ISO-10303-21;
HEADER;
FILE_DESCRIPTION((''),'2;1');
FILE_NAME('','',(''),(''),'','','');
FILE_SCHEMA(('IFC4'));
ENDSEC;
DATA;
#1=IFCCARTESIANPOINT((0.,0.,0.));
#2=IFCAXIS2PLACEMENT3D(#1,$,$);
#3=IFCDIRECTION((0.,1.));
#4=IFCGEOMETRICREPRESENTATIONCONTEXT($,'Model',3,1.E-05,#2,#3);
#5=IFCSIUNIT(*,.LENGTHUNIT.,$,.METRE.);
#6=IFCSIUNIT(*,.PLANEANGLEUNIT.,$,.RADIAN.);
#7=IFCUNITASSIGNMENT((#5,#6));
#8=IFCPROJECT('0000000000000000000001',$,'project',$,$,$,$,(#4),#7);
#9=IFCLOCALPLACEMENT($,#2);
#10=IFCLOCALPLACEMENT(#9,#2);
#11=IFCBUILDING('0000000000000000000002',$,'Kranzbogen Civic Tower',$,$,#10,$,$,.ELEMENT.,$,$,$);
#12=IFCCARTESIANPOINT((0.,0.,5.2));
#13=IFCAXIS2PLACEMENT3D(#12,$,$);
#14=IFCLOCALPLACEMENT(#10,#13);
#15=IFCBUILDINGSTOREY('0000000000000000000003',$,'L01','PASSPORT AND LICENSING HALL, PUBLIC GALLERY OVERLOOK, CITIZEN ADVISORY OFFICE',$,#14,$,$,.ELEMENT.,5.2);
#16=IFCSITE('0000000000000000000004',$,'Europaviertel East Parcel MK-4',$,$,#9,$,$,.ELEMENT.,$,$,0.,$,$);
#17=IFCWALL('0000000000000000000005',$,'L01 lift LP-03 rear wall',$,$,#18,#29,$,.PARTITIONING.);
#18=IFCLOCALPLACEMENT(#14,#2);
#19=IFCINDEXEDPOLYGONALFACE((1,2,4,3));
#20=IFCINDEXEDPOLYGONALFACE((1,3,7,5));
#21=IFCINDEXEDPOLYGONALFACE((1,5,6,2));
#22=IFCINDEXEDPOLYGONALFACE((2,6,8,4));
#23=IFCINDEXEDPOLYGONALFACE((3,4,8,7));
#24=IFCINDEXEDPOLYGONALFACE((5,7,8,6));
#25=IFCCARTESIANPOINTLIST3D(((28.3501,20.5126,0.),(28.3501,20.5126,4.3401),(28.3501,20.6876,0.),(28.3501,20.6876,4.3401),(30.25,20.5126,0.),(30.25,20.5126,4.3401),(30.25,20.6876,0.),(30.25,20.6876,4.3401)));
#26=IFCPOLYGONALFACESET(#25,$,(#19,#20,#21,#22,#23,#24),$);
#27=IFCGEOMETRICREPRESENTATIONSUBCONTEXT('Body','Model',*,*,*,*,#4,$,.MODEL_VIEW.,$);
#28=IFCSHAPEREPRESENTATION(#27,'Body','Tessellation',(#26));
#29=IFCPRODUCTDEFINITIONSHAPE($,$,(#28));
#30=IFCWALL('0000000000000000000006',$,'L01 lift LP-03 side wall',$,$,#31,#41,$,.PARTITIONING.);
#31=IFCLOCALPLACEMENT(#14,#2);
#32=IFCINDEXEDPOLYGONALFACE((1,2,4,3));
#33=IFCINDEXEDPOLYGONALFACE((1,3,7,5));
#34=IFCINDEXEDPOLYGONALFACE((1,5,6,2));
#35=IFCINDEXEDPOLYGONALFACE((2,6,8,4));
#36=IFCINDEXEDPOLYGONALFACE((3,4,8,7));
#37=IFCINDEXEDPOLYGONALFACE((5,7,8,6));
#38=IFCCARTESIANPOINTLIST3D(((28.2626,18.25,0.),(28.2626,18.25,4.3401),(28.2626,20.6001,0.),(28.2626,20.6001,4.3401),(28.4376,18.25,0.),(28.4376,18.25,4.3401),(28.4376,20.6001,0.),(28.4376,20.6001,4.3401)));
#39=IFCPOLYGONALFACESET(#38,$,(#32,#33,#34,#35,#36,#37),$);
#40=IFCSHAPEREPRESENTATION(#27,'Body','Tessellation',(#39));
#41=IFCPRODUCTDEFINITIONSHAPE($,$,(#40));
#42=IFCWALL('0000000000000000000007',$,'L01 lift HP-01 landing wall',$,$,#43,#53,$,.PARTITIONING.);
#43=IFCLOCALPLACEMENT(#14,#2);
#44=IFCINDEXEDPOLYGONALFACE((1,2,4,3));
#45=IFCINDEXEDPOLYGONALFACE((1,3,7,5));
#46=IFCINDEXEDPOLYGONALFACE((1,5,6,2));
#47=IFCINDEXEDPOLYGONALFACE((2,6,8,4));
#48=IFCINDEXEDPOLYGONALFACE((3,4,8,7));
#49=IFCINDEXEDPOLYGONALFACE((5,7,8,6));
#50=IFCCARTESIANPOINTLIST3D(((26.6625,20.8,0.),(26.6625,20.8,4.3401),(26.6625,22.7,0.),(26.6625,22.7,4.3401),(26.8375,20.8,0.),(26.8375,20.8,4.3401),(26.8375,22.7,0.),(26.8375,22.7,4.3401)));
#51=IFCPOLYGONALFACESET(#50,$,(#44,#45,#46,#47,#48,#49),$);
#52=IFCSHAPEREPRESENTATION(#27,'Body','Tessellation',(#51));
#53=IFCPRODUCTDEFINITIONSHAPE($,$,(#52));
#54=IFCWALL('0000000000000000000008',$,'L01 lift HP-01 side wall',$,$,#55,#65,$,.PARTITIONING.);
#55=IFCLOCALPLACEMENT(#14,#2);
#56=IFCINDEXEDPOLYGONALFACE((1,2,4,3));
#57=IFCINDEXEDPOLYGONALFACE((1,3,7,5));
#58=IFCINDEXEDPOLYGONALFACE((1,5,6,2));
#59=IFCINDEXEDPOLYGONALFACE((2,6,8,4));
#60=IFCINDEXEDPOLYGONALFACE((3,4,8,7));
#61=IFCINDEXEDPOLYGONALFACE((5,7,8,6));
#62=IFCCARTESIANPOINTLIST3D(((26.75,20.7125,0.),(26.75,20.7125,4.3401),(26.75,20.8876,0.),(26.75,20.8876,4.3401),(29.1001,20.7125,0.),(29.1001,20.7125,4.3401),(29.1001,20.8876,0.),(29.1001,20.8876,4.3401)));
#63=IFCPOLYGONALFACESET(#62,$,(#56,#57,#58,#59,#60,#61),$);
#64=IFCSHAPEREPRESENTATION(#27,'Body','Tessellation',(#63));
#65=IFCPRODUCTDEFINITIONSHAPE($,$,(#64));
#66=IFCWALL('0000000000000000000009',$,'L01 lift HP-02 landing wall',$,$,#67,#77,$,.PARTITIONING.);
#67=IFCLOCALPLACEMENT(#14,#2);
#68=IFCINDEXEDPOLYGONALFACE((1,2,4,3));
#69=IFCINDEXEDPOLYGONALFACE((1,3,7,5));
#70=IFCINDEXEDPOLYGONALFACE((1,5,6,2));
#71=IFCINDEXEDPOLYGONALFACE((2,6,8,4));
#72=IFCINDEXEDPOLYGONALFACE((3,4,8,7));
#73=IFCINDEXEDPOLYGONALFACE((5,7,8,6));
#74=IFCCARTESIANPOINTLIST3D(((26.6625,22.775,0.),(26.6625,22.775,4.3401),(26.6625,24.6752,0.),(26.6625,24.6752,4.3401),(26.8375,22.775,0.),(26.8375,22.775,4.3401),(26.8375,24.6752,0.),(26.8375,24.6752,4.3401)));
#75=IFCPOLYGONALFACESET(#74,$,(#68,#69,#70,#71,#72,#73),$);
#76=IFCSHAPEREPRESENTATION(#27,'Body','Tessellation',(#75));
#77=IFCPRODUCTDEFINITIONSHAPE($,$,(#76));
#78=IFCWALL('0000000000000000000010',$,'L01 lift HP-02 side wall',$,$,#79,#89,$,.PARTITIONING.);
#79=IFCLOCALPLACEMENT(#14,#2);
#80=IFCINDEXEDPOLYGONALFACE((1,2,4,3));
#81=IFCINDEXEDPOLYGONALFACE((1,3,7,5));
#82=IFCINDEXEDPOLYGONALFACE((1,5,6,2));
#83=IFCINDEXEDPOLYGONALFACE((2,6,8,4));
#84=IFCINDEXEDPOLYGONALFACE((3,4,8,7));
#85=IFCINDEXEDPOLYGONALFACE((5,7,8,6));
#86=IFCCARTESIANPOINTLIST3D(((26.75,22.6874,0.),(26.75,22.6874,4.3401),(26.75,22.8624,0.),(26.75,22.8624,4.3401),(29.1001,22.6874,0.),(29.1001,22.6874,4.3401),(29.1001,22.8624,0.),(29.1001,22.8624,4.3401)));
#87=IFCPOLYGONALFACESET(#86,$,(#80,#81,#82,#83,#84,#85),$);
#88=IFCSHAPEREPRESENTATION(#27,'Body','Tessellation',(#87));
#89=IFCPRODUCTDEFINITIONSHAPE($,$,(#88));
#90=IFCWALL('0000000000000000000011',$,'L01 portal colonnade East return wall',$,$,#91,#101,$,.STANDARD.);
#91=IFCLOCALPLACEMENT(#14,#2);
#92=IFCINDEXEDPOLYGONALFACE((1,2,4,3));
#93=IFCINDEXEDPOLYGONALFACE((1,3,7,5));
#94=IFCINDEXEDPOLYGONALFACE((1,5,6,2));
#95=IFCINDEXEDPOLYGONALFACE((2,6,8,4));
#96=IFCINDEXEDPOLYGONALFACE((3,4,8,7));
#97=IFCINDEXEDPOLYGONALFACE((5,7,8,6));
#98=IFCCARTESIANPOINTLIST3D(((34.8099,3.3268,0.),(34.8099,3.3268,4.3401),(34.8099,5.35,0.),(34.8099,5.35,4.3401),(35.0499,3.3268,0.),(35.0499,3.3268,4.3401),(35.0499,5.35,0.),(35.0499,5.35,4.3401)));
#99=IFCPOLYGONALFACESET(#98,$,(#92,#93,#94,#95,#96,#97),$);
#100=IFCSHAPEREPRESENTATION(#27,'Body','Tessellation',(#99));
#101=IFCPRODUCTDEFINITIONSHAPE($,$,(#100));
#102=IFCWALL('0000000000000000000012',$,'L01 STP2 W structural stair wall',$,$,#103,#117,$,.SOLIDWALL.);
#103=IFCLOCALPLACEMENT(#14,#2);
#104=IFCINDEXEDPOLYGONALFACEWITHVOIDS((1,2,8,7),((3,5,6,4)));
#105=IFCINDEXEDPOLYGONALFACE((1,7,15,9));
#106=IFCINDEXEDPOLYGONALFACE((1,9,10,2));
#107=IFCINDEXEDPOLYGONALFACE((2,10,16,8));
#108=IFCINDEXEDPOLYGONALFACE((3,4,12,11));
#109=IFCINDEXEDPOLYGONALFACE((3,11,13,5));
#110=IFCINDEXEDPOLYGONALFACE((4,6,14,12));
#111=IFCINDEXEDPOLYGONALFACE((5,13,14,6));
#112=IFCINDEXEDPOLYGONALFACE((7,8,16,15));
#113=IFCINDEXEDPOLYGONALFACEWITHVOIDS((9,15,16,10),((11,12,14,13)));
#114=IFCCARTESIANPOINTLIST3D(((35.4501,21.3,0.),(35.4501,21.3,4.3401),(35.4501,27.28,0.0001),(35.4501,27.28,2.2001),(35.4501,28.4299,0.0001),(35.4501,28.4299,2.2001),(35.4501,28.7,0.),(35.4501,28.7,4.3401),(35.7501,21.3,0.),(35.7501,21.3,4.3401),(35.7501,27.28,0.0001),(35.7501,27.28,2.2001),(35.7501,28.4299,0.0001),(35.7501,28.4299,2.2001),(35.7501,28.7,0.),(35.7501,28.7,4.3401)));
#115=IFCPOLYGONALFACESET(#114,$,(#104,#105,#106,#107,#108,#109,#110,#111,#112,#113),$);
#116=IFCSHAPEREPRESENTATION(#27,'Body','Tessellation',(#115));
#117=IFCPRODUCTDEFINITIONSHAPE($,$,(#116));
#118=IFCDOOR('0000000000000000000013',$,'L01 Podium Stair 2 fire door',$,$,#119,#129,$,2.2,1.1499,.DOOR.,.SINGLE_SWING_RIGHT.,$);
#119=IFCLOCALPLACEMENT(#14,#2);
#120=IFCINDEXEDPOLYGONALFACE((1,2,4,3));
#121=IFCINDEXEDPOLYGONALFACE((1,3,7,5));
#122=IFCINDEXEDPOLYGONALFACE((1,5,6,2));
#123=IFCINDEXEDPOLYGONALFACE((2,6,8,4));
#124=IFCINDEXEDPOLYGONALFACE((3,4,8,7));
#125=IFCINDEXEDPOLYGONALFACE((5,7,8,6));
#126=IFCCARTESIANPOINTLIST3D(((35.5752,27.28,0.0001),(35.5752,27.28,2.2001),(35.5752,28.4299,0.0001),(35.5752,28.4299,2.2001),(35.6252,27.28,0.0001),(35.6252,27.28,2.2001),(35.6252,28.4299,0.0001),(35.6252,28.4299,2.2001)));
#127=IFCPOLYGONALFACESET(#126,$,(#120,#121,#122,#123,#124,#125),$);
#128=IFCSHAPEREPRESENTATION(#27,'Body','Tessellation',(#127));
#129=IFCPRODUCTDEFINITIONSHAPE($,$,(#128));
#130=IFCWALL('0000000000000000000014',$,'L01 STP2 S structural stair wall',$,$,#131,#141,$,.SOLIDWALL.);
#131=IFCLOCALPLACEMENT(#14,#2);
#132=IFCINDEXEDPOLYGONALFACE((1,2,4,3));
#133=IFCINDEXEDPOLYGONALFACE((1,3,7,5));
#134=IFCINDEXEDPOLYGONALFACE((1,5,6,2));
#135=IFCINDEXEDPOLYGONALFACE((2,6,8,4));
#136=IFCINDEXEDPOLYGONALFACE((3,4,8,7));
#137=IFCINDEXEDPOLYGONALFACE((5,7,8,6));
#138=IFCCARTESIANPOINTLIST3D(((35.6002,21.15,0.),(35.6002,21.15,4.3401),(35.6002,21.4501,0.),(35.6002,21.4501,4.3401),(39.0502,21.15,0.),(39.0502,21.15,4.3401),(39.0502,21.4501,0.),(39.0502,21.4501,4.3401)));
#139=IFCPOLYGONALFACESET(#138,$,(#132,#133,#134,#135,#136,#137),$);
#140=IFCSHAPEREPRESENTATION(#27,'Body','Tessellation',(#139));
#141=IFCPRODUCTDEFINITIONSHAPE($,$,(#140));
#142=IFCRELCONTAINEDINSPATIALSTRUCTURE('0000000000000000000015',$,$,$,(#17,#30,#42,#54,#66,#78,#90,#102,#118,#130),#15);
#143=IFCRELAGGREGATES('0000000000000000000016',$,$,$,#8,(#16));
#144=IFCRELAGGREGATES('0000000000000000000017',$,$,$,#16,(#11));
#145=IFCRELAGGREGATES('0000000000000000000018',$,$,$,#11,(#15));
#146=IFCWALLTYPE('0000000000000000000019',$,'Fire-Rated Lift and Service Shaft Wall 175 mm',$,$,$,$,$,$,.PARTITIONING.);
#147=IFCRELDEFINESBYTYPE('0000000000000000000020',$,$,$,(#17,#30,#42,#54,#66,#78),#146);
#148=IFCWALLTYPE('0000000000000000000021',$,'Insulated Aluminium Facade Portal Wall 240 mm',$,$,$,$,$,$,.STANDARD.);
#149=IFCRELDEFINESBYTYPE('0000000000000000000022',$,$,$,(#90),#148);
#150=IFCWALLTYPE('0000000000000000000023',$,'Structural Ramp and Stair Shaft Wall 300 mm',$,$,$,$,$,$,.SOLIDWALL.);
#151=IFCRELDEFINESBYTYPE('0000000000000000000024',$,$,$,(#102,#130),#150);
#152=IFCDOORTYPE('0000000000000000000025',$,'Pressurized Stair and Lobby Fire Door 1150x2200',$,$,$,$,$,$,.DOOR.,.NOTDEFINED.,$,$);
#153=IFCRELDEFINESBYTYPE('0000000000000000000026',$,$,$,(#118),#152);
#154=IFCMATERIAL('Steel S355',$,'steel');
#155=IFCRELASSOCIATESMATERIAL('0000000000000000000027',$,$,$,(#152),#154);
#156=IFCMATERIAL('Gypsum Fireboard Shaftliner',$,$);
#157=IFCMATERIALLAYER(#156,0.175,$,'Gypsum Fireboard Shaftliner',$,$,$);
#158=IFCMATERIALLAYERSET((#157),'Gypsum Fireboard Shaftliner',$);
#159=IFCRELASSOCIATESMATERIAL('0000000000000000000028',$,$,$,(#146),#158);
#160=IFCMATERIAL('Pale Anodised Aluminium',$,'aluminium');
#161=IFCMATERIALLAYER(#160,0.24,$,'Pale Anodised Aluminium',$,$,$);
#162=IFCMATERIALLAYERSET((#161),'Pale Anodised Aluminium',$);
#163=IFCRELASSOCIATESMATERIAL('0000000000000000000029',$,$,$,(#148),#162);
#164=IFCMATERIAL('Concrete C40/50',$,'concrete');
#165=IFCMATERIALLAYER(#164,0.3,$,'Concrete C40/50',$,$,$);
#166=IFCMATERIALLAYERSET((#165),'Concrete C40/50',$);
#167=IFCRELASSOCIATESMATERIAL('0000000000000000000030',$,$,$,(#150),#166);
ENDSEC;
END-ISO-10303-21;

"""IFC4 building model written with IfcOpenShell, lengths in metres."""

from ifc_helpers import new_model, si_unit, direction, frame, frame_2d, origin, place, context, subcontext, project, spatial, rectangle, extrude, material, layer, layer_set, type_object, element, fill, save


model = new_model("IFC4")

# Units and contexts
model_context = context("Model", 3, precision=1e-05, world=origin(), true_north=direction((0.0, 1.0)))
body_context = subcontext(model_context, "Body", "Model", "MODEL_VIEW")
ifc_project = project(units=[si_unit("LENGTHUNIT", "METRE"), si_unit("PLANEANGLEUNIT", "RADIAN")], contexts=[model_context])

# Site, building, storey
site_placement = place(None, origin())
site = spatial("IfcSite", under=ifc_project, at=site_placement, Name="Europaviertel East Parcel MK-4", CompositionType="ELEMENT", RefElevation=0.0)
building_placement = place(site_placement, origin())
building = spatial("IfcBuilding", under=site, at=building_placement, Name="Kranzbogen Civic Tower", CompositionType="ELEMENT")
storey_placement = place(building_placement, frame((0.0, 0.0, 5.2)))
storey = spatial("IfcBuildingStorey", under=building, at=storey_placement, Name="L01", Description="PASSPORT AND LICENSING HALL, PUBLIC GALLERY OVERLOOK, CITIZEN ADVISORY OFFICE", CompositionType="ELEMENT", Elevation=5.2)

# Shared definitions
ifc_material_1 = material(Name="Pale Anodised Aluminium", Category="aluminium")

# Shared definitions
ifc_material_2 = material(Name="Steel S355", Category="steel")

# Shared definitions
door_type = type_object("IfcDoorType", Name="Pressurized Stair and Lobby Fire Door 1150x2200", OperationType="NOTDEFINED", PredefinedType="DOOR", material=ifc_material_2)

# Walls
ifc_material_3 = material(Name="Gypsum Fireboard Shaftliner")
ifc_layer_1 = layer(ifc_material_3, 0.175, Name="Gypsum Fireboard Shaftliner")
ifc_layer_set_1 = layer_set([ifc_layer_1], Name="Gypsum Fireboard Shaftliner")
wall_type_1 = type_object("IfcWallType", Name="Fire-Rated Lift and Service Shaft Wall 175 mm", PredefinedType="PARTITIONING", material=ifc_layer_set_1)
for number, where, z_axis, x_axis, name in (
    (1, (28.3501, 20.6001, 0.0), (0.0, 0.0, 1.0), (1.0, 0.0, 0.0), "L01 lift LP-03 rear wall"),
):
    element("IfcWall", number, at=place(storey_placement, frame(where, z_axis=z_axis, x_axis=x_axis)), inside=storey, type_object=wall_type_1, Name=name, PredefinedType="PARTITIONING", context=body_context, shape_type="SweptSolid", body=[
        extrude(rectangle(XDim=1.8999, YDim=0.175, at=frame_2d((0.95, 0.0))), origin(), (0.0, 0.0, 1.0), 4.3401),
    ])
wall_1_placement = place(storey_placement, frame((28.3501, 18.25, 0.0), z_axis=(0.0, 0.0, 1.0), x_axis=(0.0, 1.0, 0.0)))
element("IfcWall", 2, at=wall_1_placement, inside=storey, type_object=wall_type_1, Name="L01 lift LP-03 side wall", PredefinedType="PARTITIONING", context=body_context, shape_type="SweptSolid", body=[
    extrude(rectangle(XDim=2.3501, YDim=0.175, at=frame_2d((1.175, 0.0))), origin(), (0.0, 0.0, 1.0), 4.3401),
])
wall_2_placement = place(storey_placement, frame((26.75, 20.8, 0.0), z_axis=(0.0, 0.0, 1.0), x_axis=(0.0, 1.0, 0.0)))
element("IfcWall", 3, at=wall_2_placement, inside=storey, type_object=wall_type_1, Name="L01 lift HP-01 landing wall", PredefinedType="PARTITIONING", context=body_context, shape_type="SweptSolid", body=[
    extrude(rectangle(XDim=1.8999, YDim=0.175, at=frame_2d((0.95, 0.0))), origin(), (0.0, 0.0, 1.0), 4.3401),
])
wall_3_placement = place(storey_placement, frame((26.75, 20.8, 0.0), z_axis=(0.0, 0.0, 1.0), x_axis=(1.0, 0.0, 0.0)))
element("IfcWall", 4, at=wall_3_placement, inside=storey, type_object=wall_type_1, Name="L01 lift HP-01 side wall", PredefinedType="PARTITIONING", context=body_context, shape_type="SweptSolid", body=[
    extrude(rectangle(XDim=2.3501, YDim=0.175, at=frame_2d((1.175, 0.0))), origin(), (0.0, 0.0, 1.0), 4.3401),
])
wall_4_placement = place(storey_placement, frame((26.75, 22.7749, 0.0), z_axis=(0.0, 0.0, 1.0), x_axis=(0.0, 1.0, 0.0)))
element("IfcWall", 5, at=wall_4_placement, inside=storey, type_object=wall_type_1, Name="L01 lift HP-02 landing wall", PredefinedType="PARTITIONING", context=body_context, shape_type="SweptSolid", body=[
    extrude(rectangle(XDim=1.9001, YDim=0.175, at=frame_2d((0.9502, 0.0))), origin(), (0.0, 0.0, 1.0), 4.3401),
])
wall_5_placement = place(storey_placement, frame((26.75, 22.7749, 0.0), z_axis=(0.0, 0.0, 1.0), x_axis=(1.0, 0.0, 0.0)))
element("IfcWall", 6, at=wall_5_placement, inside=storey, type_object=wall_type_1, Name="L01 lift HP-02 side wall", PredefinedType="PARTITIONING", context=body_context, shape_type="SweptSolid", body=[
    extrude(rectangle(XDim=2.3501, YDim=0.175, at=frame_2d((1.175, 0.0))), origin(), (0.0, 0.0, 1.0), 4.3401),
])
ifc_layer_2 = layer(ifc_material_1, 0.24, Name="Pale Anodised Aluminium")
ifc_layer_set_2 = layer_set([ifc_layer_2], Name="Pale Anodised Aluminium")
wall_type_2 = type_object("IfcWallType", Name="Insulated Aluminium Facade Portal Wall 240 mm", PredefinedType="STANDARD", material=ifc_layer_set_2)
wall_6_placement = place(storey_placement, frame((34.9299, 5.3501, 0.0), z_axis=(0.0, 0.0, 1.0), x_axis=(0.0, -1.0, 0.0)))
element("IfcWall", 7, at=wall_6_placement, inside=storey, type_object=wall_type_2, Name="L01 portal colonnade East return wall", PredefinedType="STANDARD", context=body_context, shape_type="SweptSolid", body=[
    extrude(rectangle(XDim=2.0232, YDim=0.24, at=frame_2d((1.0117, 0.0))), origin(), (0.0, 0.0, 1.0), 4.3401),
])

# Wall, opening, door
ifc_material_4 = material(Name="Concrete C40/50", Category="concrete")
ifc_layer_3 = layer(ifc_material_4, 0.3, Name="Concrete C40/50")
ifc_layer_set_3 = layer_set([ifc_layer_3], Name="Concrete C40/50")
wall_type_3 = type_object("IfcWallType", Name="Structural Ramp and Stair Shaft Wall 300 mm", PredefinedType="SOLIDWALL", material=ifc_layer_set_3)
wall_7_placement = place(storey_placement, frame((35.6001, 21.3, 0.0), z_axis=(0.0, 0.0, 1.0), x_axis=(0.0, 1.0, 0.0)))
wall_7 = element("IfcWall", 8, at=wall_7_placement, inside=storey, type_object=wall_type_3, Name="L01 STP2 W structural stair wall", PredefinedType="SOLIDWALL", context=body_context, shape_type="SweptSolid", body=[
    extrude(rectangle(XDim=7.3999, YDim=0.3, at=frame_2d((3.7, 0.0))), origin(), (0.0, 0.0, 1.0), 4.3401),
])
opening_1_placement = place(wall_7_placement, frame((5.98, 0.0, 0.0)))
opening_1 = element("IfcOpeningElement", 9, at=opening_1_placement, cuts=wall_7, PredefinedType="OPENING", context=body_context, shape_type="SweptSolid", body=[
    extrude(rectangle(XDim=1.1499, YDim=2.2, at=frame_2d((0.575, 1.1001))), frame((0.0, 0.1602, 0.0), z_axis=(0.0, -1.0, 0.0), x_axis=(1.0, 0.0, 0.0)), (0.0, 0.0, 1.0), 0.3201),
])
door_1_placement = place(opening_1_placement, origin())
door_1 = element("IfcDoor", 10, at=door_1_placement, inside=storey, type_object=door_type, Name="L01 Podium Stair 2 fire door", OperationType="SINGLE_SWING_RIGHT", OverallHeight=2.2, OverallWidth=1.1499, PredefinedType="DOOR", context=body_context, shape_type="SweptSolid", body=[
    extrude(rectangle(XDim=1.1499, YDim=2.2, at=frame_2d((0.575, 1.1001))), frame((0.0, 0.0249, 0.0), z_axis=(0.0, -1.0, 0.0), x_axis=(1.0, 0.0, 0.0)), (0.0, 0.0, 1.0), 0.05),
])
fill(opening_1, door_1)

# Wall
wall_8_placement = place(storey_placement, frame((35.6001, 21.3, 0.0), z_axis=(0.0, 0.0, 1.0), x_axis=(1.0, 0.0, 0.0)))
element("IfcWall", 11, at=wall_8_placement, inside=storey, type_object=wall_type_3, Name="L01 STP2 S structural stair wall", PredefinedType="SOLIDWALL", context=body_context, shape_type="SweptSolid", body=[
    extrude(rectangle(XDim=3.45, YDim=0.3, at=frame_2d((1.7251, 0.0))), origin(), (0.0, 0.0, 1.0), 4.3401),
])

save(model, "model.ifc")
